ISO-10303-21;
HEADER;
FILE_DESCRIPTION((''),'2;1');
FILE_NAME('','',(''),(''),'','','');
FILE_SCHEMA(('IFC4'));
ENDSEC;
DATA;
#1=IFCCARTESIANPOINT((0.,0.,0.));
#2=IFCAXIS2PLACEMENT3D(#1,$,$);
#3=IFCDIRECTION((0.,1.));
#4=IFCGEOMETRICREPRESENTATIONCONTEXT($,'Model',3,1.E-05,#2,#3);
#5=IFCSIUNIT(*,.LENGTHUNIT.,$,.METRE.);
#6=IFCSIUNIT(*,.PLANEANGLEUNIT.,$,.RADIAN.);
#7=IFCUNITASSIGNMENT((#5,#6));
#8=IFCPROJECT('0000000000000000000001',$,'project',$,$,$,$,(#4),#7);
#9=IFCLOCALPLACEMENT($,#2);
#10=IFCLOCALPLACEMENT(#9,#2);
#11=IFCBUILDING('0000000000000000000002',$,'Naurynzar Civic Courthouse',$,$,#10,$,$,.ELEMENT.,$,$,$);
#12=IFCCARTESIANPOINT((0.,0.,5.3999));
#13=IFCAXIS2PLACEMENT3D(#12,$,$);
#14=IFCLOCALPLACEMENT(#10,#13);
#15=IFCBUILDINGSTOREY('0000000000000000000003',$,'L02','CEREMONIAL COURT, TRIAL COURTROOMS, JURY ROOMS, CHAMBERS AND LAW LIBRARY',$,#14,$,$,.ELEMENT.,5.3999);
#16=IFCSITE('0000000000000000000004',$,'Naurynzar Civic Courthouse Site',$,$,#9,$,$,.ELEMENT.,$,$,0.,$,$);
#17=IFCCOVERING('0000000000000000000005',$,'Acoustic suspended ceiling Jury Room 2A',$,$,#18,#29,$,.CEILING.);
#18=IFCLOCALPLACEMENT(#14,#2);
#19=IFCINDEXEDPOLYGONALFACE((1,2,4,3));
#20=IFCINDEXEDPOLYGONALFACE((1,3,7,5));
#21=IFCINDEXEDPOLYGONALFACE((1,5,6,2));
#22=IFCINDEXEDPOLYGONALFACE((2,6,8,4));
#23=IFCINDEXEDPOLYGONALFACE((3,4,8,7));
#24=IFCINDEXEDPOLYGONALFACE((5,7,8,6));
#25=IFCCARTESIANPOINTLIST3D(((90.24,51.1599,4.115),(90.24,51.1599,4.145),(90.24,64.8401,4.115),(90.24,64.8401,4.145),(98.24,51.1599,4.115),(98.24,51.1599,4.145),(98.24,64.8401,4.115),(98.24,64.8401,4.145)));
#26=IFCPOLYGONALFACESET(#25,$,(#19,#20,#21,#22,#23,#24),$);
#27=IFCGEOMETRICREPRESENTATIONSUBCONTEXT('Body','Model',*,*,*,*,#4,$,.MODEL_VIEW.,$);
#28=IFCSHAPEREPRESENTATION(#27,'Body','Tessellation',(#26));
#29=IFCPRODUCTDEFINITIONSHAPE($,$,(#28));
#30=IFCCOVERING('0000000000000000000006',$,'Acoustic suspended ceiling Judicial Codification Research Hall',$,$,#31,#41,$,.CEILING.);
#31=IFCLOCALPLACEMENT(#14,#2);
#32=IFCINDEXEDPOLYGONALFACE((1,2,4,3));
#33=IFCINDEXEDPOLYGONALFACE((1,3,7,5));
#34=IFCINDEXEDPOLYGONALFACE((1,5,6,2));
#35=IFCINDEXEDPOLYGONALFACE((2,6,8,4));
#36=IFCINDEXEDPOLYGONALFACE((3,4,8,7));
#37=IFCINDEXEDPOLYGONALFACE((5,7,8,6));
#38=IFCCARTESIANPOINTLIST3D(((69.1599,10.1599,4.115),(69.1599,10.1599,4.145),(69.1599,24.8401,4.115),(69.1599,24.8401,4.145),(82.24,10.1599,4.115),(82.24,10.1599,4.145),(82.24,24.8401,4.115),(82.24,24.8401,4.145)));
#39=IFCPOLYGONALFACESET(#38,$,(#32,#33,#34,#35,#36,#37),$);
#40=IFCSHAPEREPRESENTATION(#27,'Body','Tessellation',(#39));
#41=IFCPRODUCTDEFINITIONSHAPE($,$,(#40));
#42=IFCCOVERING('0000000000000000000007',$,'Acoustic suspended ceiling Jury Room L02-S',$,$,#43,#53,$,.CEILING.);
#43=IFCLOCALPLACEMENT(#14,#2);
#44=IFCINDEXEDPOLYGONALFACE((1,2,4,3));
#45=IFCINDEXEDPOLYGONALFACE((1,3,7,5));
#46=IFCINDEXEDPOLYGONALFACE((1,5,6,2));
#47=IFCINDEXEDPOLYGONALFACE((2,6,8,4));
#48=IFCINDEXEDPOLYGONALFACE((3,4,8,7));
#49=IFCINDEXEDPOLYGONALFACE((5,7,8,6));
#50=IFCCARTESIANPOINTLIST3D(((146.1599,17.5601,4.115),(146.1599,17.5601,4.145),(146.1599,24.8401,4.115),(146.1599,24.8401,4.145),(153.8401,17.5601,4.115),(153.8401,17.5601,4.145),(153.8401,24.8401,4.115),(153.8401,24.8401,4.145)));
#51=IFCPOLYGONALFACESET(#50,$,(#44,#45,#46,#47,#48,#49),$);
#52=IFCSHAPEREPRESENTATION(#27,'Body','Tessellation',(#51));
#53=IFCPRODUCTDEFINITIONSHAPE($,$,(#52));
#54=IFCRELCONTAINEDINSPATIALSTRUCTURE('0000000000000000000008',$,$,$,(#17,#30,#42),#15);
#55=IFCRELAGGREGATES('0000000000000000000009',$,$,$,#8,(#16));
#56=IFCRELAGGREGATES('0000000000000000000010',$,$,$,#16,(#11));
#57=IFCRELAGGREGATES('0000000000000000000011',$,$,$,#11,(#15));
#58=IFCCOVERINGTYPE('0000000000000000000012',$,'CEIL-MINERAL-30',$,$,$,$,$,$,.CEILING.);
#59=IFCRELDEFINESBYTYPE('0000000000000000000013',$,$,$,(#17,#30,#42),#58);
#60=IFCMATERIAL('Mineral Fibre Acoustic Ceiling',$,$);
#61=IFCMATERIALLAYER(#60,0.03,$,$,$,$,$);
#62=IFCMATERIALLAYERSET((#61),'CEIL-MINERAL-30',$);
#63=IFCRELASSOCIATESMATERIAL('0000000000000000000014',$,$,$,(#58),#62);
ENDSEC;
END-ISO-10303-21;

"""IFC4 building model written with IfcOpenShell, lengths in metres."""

from ifc_helpers import new_model, si_unit, direction, frame, origin, place, context, subcontext, project, spatial, polyline, outline, extrude, material, layer, layer_set, type_object, element, save


model = new_model("IFC4")

# Units and contexts
model_context = context("Model", 3, precision=1e-05, world=origin(), true_north=direction((0.0, 1.0)))
body_context = subcontext(model_context, "Body", "Model", "MODEL_VIEW")
ifc_project = project(units=[si_unit("LENGTHUNIT", "METRE"), si_unit("PLANEANGLEUNIT", "RADIAN")], contexts=[model_context])

# Site, building, storey
site_placement = place(None, origin())
site = spatial("IfcSite", under=ifc_project, at=site_placement, Name="Naurynzar Civic Courthouse Site", CompositionType="ELEMENT", RefElevation=0.0)
building_placement = place(site_placement, origin())
building = spatial("IfcBuilding", under=site, at=building_placement, Name="Naurynzar Civic Courthouse", CompositionType="ELEMENT")
storey_placement = place(building_placement, frame((0.0, 0.0, 5.3999)))
storey = spatial("IfcBuildingStorey", under=building, at=storey_placement, Name="L02", Description="CEREMONIAL COURT, TRIAL COURTROOMS, JURY ROOMS, CHAMBERS AND LAW LIBRARY", CompositionType="ELEMENT", Elevation=5.3999)

# Coverings
ifc_material_1 = material(Name="Mineral Fibre Acoustic Ceiling")
ifc_layer_1 = layer(ifc_material_1, 0.03)
ifc_layer_set_1 = layer_set([ifc_layer_1], Name="CEIL-MINERAL-30")
covering_type_1 = type_object("IfcCoveringType", Name="CEIL-MINERAL-30", PredefinedType="CEILING", material=ifc_layer_set_1)
covering_1_placement = place(storey_placement, frame((0.0, 0.0, 4.115)))
element("IfcCovering", 1, at=covering_1_placement, inside=storey, type_object=covering_type_1, Name="Acoustic suspended ceiling Jury Room 2A", PredefinedType="CEILING", context=body_context, shape_type="SweptSolid", body=[
    extrude(outline(polyline([(98.24, 51.1599), (90.24, 51.1599), (90.24, 64.8401), (98.24, 64.8401), (98.24, 51.1599)])), origin(), (0.0, 0.0, 1.0), 0.03),
])
covering_2_placement = place(storey_placement, frame((0.0, 0.0, 4.115)))
element("IfcCovering", 2, at=covering_2_placement, inside=storey, type_object=covering_type_1, Name="Acoustic suspended ceiling Judicial Codification Research Hall", PredefinedType="CEILING", context=body_context, shape_type="SweptSolid", body=[
    extrude(outline(polyline([(82.24, 10.1599), (69.1599, 10.1599), (69.1599, 24.8401), (82.24, 24.8401), (82.24, 10.1599)])), origin(), (0.0, 0.0, 1.0), 0.03),
])
covering_3_placement = place(storey_placement, frame((0.0, 0.0, 4.115)))
element("IfcCovering", 3, at=covering_3_placement, inside=storey, type_object=covering_type_1, Name="Acoustic suspended ceiling Jury Room L02-S", PredefinedType="CEILING", context=body_context, shape_type="SweptSolid", body=[
    extrude(outline(polyline([(146.1599, 17.5601), (146.1599, 24.8401), (153.8401, 24.8401), (153.8401, 17.5601), (146.1599, 17.5601)])), origin(), (0.0, 0.0, 1.0), 0.03),
])

save(model, "model.ifc")
